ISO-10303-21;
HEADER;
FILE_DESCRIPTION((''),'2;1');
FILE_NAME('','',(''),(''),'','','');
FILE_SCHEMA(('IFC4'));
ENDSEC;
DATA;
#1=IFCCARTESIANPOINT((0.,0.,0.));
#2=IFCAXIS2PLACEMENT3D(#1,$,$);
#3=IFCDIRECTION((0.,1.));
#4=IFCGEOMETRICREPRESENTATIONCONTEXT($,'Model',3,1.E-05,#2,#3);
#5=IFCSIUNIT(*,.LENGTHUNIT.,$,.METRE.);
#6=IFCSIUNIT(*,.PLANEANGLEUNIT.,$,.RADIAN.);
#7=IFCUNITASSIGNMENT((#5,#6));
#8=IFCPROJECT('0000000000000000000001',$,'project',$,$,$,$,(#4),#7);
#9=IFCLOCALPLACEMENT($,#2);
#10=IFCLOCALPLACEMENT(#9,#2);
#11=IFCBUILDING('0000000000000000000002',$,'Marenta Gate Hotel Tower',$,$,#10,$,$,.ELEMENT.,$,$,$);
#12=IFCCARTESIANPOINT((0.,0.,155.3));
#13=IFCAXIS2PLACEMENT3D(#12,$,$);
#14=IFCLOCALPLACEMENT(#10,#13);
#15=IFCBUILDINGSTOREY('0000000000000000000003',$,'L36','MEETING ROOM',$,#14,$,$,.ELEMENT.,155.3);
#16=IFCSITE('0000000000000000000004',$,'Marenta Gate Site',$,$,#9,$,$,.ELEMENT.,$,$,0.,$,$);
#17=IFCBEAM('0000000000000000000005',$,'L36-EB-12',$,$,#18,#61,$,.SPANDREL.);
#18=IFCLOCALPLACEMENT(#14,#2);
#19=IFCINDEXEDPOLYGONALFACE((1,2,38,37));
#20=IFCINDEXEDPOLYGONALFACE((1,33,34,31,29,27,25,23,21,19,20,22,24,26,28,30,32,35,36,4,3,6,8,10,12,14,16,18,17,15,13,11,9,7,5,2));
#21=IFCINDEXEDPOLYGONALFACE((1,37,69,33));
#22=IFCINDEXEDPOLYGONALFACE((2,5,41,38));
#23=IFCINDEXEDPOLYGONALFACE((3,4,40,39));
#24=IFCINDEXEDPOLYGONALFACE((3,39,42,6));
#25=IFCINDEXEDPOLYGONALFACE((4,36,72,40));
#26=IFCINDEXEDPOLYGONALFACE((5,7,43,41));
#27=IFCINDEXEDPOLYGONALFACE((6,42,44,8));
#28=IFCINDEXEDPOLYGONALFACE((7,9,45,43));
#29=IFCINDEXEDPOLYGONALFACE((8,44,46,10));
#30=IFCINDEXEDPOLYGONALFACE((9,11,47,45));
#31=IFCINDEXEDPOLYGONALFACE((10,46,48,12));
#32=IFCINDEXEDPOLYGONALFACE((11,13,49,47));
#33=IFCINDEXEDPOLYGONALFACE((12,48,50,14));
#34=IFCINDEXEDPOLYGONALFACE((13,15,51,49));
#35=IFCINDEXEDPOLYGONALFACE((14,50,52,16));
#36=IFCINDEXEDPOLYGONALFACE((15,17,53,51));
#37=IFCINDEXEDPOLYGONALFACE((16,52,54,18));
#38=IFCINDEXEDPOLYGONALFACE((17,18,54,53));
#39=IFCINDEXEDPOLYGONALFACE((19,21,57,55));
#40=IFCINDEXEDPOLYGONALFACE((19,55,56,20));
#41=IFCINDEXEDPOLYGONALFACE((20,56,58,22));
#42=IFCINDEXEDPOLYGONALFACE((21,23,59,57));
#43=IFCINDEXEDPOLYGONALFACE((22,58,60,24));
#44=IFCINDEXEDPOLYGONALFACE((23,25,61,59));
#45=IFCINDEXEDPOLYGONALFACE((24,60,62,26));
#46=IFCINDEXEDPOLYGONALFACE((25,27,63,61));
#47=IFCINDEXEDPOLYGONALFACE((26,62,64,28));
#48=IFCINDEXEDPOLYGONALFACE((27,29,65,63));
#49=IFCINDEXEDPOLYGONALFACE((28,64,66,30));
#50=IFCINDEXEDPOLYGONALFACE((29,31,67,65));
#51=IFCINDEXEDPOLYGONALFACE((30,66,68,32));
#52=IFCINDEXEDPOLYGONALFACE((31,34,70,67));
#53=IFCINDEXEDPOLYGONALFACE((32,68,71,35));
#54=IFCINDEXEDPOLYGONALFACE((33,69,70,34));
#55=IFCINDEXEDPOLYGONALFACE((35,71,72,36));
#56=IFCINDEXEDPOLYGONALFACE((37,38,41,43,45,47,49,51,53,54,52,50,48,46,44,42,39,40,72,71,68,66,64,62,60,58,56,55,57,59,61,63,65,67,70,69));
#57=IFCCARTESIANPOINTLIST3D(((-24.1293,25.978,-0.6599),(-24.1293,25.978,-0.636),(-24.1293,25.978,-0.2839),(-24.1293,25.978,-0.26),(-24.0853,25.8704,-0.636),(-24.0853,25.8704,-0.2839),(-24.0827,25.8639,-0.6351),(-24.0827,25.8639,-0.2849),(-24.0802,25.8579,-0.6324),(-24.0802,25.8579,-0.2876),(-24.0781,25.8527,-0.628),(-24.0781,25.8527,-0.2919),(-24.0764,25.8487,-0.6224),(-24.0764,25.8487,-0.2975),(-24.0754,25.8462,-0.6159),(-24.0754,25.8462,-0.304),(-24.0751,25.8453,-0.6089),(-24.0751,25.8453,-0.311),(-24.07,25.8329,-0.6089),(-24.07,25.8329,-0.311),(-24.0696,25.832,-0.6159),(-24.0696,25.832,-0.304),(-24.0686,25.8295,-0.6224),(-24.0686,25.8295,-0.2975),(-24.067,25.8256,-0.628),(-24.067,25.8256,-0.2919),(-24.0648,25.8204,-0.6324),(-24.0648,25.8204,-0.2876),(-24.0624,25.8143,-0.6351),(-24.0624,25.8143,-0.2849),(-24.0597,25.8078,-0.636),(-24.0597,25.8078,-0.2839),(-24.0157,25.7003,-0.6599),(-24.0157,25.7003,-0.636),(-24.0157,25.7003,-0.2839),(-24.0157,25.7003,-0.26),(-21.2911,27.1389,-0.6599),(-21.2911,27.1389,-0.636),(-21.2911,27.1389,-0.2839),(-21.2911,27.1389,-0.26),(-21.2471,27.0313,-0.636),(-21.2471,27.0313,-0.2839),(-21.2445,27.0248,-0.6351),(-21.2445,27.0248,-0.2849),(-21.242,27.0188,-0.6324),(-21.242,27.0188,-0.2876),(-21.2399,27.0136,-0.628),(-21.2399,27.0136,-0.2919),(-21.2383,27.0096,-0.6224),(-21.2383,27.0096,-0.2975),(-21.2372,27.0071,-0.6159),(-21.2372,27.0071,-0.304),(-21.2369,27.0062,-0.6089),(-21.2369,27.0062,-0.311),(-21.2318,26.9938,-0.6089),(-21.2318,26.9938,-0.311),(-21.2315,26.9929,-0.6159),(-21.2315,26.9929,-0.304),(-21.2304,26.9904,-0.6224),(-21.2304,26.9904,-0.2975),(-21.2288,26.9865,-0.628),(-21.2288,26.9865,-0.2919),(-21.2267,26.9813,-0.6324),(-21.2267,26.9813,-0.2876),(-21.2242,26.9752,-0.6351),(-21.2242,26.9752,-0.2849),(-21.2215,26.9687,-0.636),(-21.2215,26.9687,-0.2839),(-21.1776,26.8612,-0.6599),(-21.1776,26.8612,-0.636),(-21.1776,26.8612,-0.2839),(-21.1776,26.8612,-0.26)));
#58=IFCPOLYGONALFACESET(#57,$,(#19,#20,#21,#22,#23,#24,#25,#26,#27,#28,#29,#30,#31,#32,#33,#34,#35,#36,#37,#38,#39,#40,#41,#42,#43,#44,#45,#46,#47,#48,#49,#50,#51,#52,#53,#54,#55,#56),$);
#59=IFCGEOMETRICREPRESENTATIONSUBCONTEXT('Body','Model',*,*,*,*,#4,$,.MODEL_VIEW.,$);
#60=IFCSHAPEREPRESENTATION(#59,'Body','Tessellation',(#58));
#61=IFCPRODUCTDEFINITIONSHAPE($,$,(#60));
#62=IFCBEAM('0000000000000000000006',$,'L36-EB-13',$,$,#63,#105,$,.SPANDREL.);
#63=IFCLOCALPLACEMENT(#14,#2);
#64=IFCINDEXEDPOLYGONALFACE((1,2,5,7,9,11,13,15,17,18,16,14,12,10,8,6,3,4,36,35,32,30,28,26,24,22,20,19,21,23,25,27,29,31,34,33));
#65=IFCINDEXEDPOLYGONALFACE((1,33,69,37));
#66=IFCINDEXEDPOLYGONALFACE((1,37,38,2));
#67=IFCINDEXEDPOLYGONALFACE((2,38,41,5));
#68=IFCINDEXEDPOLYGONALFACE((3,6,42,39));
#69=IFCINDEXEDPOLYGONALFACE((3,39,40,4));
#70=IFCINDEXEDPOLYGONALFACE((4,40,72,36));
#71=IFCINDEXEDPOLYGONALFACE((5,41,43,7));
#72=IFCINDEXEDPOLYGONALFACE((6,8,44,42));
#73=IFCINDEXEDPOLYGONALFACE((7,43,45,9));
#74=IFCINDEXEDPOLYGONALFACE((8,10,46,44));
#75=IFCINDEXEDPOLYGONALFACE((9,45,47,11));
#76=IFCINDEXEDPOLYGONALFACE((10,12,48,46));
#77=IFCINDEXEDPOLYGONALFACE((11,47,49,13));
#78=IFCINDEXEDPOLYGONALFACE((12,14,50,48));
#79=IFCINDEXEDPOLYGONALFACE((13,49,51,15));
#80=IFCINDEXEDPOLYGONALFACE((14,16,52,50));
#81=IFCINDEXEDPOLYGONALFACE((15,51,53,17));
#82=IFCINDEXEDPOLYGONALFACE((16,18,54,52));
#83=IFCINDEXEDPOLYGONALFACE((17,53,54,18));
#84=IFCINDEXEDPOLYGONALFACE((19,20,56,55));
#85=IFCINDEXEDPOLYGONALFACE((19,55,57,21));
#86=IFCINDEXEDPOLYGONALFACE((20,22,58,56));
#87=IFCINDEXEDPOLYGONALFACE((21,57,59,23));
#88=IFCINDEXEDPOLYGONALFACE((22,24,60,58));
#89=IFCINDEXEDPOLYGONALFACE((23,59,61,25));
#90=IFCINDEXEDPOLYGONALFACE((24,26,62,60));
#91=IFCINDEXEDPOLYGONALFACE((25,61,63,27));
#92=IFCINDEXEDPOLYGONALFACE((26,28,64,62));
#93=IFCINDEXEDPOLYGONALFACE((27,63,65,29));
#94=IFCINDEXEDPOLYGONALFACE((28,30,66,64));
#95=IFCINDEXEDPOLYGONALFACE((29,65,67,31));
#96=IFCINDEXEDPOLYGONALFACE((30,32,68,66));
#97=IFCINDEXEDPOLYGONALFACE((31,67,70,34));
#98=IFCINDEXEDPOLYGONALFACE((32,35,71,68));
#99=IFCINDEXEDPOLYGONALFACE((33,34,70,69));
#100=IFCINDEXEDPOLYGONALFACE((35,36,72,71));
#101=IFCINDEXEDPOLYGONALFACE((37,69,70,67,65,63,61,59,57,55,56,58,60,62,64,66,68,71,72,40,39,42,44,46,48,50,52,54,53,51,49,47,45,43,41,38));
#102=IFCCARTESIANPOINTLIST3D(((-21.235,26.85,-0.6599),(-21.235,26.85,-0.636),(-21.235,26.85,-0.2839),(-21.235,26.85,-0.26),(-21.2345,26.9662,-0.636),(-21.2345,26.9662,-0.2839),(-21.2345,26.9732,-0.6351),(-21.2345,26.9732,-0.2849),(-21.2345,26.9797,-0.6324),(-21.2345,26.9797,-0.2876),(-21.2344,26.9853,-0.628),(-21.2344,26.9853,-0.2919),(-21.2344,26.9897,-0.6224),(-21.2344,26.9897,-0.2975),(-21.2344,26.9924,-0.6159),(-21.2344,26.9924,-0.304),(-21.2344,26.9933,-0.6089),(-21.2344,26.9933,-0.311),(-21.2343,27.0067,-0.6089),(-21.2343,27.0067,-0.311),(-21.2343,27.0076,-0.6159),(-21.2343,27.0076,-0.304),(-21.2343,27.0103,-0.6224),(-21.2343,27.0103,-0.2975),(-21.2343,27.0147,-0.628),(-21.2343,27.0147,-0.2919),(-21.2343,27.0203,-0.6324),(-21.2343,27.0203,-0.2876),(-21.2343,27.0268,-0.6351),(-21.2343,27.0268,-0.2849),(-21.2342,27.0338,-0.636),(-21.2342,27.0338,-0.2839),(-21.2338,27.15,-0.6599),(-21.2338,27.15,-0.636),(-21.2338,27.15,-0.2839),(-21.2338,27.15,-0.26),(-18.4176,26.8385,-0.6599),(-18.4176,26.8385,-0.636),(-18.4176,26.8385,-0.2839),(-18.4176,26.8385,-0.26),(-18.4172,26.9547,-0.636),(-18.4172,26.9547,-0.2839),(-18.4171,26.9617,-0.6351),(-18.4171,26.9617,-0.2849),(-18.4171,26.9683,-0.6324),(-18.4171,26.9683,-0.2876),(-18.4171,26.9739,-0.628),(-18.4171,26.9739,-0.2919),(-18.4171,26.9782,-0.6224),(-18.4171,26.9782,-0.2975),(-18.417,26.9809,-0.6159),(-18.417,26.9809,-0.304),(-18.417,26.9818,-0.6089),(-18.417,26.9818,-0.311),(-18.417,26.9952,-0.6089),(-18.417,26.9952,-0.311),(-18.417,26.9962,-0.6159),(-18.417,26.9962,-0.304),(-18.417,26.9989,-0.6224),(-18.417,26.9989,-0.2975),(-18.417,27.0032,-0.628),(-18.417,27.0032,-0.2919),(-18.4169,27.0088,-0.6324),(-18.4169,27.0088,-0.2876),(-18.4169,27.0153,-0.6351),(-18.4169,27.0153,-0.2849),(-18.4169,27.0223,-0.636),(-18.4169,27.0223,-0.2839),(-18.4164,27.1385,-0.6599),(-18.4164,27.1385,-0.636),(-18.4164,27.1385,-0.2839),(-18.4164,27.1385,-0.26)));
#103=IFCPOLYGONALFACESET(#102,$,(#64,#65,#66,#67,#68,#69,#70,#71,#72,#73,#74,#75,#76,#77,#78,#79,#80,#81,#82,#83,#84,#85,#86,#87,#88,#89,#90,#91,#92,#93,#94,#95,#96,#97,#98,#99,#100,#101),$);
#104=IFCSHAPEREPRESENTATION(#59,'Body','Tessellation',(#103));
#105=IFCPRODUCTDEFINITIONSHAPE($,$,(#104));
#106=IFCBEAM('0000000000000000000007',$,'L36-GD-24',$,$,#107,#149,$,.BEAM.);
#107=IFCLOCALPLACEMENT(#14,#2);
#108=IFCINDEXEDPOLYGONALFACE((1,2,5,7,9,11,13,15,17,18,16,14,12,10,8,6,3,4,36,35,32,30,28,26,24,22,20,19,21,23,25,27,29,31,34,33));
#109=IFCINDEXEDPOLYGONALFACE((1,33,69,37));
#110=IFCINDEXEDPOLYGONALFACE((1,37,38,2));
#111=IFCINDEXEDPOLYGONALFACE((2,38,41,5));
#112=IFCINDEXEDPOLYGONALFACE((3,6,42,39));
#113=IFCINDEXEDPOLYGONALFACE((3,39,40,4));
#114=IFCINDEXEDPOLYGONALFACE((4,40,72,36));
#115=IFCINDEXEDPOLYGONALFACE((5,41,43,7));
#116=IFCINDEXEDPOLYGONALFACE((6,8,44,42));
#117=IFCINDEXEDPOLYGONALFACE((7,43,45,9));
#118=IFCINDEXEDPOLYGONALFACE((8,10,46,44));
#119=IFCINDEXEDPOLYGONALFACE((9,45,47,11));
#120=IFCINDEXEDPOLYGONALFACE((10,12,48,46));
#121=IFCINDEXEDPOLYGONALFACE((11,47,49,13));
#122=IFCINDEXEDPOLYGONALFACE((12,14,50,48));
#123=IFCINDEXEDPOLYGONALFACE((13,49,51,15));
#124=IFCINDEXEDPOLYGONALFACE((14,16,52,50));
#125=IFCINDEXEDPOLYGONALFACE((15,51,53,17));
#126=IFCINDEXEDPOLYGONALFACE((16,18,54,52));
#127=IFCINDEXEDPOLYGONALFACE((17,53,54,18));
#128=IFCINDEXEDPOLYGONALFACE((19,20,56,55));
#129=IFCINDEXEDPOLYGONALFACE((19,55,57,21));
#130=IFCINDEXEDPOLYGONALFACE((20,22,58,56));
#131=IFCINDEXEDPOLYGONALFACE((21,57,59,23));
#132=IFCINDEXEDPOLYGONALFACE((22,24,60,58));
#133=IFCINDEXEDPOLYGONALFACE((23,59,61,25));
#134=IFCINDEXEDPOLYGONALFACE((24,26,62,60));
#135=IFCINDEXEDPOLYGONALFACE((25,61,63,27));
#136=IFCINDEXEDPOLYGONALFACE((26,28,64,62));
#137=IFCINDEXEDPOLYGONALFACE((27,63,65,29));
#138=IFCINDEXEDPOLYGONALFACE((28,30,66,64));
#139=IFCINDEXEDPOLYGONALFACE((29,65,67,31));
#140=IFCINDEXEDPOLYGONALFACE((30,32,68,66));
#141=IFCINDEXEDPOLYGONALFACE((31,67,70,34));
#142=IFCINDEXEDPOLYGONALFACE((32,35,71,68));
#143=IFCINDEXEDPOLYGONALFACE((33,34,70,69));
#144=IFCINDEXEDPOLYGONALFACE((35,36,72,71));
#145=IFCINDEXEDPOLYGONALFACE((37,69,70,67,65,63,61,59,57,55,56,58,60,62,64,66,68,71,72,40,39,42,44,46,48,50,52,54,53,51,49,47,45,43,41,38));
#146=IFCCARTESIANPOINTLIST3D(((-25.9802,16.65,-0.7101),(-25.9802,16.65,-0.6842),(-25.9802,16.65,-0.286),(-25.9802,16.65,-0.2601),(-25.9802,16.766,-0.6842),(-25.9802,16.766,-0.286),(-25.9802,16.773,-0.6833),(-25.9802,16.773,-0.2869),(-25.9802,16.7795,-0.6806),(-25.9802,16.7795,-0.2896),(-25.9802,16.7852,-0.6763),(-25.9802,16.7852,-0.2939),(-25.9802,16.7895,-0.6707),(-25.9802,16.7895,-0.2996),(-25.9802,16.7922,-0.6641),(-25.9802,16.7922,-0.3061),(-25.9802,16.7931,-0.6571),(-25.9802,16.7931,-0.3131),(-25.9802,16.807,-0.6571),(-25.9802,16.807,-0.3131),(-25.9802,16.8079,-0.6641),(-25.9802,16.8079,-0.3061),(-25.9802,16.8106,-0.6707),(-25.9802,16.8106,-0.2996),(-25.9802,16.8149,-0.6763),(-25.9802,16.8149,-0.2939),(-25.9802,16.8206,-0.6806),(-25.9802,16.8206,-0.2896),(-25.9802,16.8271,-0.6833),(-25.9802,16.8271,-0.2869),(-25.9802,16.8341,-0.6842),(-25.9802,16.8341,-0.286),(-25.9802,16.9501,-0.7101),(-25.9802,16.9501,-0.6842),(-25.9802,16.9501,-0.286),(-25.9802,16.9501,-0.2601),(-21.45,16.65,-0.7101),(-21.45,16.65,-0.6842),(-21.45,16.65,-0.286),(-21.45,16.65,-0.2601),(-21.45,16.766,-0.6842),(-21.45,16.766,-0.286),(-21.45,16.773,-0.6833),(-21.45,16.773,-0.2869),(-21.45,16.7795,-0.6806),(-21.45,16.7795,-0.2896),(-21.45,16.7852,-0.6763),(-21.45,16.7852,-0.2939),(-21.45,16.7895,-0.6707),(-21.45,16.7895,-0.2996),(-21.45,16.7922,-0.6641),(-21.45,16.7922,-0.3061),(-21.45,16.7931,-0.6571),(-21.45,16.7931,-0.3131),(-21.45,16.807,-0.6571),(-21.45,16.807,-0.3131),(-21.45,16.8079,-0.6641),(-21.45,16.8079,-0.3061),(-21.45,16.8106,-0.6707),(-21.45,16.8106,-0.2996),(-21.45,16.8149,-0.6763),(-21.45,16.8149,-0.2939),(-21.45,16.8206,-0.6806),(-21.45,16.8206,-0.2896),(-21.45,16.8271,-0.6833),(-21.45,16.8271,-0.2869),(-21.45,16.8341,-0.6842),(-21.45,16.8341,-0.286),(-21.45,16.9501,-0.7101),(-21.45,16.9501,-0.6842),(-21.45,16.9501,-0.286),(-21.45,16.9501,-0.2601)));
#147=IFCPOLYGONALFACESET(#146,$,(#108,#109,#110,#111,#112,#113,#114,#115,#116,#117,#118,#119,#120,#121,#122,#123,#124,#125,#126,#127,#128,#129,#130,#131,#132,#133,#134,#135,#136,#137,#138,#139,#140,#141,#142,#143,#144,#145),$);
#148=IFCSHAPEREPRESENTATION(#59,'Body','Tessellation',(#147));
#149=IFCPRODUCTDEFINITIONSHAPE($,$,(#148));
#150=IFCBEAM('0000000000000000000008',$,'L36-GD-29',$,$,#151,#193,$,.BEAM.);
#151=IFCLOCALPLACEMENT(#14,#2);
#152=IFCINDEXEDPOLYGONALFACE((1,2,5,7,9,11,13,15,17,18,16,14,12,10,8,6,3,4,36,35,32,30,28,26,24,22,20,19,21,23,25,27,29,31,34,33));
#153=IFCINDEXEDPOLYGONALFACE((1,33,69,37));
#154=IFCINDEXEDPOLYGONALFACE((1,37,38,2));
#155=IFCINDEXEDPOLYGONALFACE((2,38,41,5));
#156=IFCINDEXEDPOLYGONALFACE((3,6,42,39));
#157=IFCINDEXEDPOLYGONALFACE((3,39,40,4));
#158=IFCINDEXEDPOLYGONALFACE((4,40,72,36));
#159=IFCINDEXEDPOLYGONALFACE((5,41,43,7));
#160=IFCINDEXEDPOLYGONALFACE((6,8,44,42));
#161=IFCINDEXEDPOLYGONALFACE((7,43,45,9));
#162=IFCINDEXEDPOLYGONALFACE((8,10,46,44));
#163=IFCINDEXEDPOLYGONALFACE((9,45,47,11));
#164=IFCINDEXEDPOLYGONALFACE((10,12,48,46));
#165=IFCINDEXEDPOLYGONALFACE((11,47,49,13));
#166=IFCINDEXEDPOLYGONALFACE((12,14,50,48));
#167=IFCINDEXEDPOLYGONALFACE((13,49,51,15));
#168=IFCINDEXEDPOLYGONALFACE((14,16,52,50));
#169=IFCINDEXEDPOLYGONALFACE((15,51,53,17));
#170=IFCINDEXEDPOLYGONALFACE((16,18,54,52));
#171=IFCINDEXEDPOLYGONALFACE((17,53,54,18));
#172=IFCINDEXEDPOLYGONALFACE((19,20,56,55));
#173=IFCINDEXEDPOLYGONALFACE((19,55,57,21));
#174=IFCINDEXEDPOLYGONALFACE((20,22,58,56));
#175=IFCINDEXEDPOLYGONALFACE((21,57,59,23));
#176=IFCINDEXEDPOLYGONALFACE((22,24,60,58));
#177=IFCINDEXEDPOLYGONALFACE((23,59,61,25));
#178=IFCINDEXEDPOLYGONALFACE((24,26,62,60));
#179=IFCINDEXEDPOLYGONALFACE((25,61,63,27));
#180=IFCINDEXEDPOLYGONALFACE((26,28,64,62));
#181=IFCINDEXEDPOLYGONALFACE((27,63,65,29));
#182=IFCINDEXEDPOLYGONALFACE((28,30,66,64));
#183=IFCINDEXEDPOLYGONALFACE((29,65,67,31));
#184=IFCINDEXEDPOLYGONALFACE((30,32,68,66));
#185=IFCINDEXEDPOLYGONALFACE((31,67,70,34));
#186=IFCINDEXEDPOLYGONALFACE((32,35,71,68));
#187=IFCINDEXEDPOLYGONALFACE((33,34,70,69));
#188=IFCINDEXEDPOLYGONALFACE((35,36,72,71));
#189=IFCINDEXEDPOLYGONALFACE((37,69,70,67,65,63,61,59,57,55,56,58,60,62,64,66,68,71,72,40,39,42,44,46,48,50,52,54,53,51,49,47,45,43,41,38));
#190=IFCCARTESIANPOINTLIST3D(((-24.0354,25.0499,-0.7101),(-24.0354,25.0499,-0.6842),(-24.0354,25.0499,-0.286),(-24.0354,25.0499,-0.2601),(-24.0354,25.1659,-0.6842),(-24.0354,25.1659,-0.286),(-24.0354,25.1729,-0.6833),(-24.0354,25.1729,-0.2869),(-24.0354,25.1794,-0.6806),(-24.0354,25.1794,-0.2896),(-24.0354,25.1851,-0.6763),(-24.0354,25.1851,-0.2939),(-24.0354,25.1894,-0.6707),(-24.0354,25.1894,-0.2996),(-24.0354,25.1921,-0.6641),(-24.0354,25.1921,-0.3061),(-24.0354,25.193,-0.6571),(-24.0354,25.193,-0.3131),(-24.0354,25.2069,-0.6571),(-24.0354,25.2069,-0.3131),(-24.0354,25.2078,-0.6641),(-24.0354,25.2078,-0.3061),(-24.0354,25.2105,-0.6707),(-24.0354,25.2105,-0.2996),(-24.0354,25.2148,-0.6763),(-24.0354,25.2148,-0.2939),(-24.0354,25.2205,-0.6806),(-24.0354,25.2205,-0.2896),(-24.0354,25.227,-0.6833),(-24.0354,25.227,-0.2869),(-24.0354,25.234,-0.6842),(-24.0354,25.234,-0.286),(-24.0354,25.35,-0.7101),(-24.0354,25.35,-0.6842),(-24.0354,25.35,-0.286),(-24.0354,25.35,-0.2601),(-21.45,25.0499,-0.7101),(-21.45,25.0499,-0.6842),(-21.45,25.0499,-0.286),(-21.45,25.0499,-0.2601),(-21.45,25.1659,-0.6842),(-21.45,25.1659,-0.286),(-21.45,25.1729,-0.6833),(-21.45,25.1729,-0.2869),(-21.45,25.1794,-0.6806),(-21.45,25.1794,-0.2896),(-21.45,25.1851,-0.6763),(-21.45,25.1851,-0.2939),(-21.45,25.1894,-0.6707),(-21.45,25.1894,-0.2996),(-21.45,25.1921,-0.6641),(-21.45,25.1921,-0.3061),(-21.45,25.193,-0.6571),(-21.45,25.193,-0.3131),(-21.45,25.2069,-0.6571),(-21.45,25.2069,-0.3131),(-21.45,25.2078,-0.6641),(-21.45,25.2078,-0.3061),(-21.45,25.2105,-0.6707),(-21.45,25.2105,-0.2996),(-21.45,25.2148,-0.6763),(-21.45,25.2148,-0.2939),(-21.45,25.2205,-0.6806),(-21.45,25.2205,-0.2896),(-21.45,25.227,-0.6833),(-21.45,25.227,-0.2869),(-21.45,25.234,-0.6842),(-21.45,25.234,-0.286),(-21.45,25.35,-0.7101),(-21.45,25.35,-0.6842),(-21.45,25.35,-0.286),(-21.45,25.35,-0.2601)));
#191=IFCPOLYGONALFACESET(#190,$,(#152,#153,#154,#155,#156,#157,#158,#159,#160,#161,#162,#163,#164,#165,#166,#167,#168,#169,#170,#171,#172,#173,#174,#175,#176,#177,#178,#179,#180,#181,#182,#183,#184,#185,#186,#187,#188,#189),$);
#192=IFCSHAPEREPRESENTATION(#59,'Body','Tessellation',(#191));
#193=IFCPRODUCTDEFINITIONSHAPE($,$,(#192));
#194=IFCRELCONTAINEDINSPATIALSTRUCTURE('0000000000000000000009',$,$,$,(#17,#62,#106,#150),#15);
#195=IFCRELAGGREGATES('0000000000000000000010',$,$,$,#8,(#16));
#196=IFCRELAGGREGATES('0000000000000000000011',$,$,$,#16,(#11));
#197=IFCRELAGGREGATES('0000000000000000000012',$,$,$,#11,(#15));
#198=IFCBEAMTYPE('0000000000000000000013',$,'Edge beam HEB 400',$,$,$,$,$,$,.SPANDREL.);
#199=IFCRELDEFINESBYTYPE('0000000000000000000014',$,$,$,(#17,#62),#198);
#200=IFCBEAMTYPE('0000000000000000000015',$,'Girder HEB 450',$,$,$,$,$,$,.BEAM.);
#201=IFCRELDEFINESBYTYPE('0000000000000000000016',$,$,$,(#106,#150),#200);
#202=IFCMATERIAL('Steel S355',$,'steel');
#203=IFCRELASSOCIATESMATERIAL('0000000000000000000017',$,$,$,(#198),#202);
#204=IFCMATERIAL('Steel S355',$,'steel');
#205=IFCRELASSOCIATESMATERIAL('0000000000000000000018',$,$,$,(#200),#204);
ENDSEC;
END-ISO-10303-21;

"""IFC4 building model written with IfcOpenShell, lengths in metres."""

from ifc_helpers import new_model, si_unit, direction, frame, origin, origin_2d, place, context, subcontext, project, spatial, i_section, extrude, material, material_profile, profile_set, type_object, element, save


model = new_model("IFC4")

# Units and contexts
model_context = context("Model", 3, precision=1e-05, world=origin(), true_north=direction((0.0, 1.0)))
body_context = subcontext(model_context, "Body", "Model", "MODEL_VIEW")
ifc_project = project(units=[si_unit("LENGTHUNIT", "METRE"), si_unit("PLANEANGLEUNIT", "RADIAN")], contexts=[model_context])

# Site, building, storey
site_placement = place(None, origin())
site = spatial("IfcSite", under=ifc_project, at=site_placement, Name="Marenta Gate Site", CompositionType="ELEMENT", RefElevation=0.0)
building_placement = place(site_placement, origin())
building = spatial("IfcBuilding", under=site, at=building_placement, Name="Marenta Gate Hotel Tower", CompositionType="ELEMENT")
storey_placement = place(building_placement, frame((0.0, 0.0, 155.3)))
storey = spatial("IfcBuildingStorey", under=building, at=storey_placement, Name="L36", Description="MEETING ROOM", CompositionType="ELEMENT", Elevation=155.3)

# Beams
ifc_material_1 = material(Name="Steel S355", Category="steel")
ifc_material_profile_1 = material_profile(ifc_material_1, i_section(OverallWidth=0.3, OverallDepth=0.3999, WebThickness=0.0134, FlangeThickness=0.0239, FilletRadius=0.0271, at=origin_2d()), Name="HEB 400")
ifc_profile_set_1 = profile_set([ifc_material_profile_1], Name="Steel S355")
beam_type_1 = type_object("IfcBeamType", Name="Edge beam HEB 400", PredefinedType="SPANDREL", material=ifc_profile_set_1)
beam_1_placement = place(storey_placement, frame((-24.0725, 25.8391, -0.46), z_axis=(0.925566, 0.378586, 0.0), x_axis=(-0.378586, 0.925566, 0.0)))
element("IfcBeam", 1, at=beam_1_placement, inside=storey, type_object=beam_type_1, Name="L36-EB-12", PredefinedType="SPANDREL", context=body_context, shape_type="SweptSolid", body=[
    extrude(i_section(OverallWidth=0.3, OverallDepth=0.3999, WebThickness=0.0134, FlangeThickness=0.0239, FilletRadius=0.0271, at=origin_2d()), origin(), (0.0, 0.0, 1.0), 3.0664),
])
beam_2_placement = place(storey_placement, frame((-21.2344, 27.0, -0.46), z_axis=(0.999992, -0.004073, 0.0), x_axis=(0.004073, 0.999992, 0.0)))
element("IfcBeam", 2, at=beam_2_placement, inside=storey, type_object=beam_type_1, Name="L36-EB-13", PredefinedType="SPANDREL", context=body_context, shape_type="SweptSolid", body=[
    extrude(i_section(OverallWidth=0.3, OverallDepth=0.3999, WebThickness=0.0134, FlangeThickness=0.0239, FilletRadius=0.0271, at=origin_2d()), origin(), (0.0, 0.0, 1.0), 2.8174),
])
ifc_material_2 = material(Name="Steel S355", Category="steel")
ifc_material_profile_2 = material_profile(ifc_material_2, i_section(OverallWidth=0.3, OverallDepth=0.45, WebThickness=0.0139, FlangeThickness=0.0259, FilletRadius=0.0271, at=origin_2d()), Name="HEB 450")
ifc_profile_set_2 = profile_set([ifc_material_profile_2], Name="Steel S355")
beam_type_2 = type_object("IfcBeamType", Name="Girder HEB 450", PredefinedType="BEAM", material=ifc_profile_set_2)
beam_3_placement = place(storey_placement, frame((-25.9802, 16.8, -0.4851), z_axis=(1.0, 0.0, 0.0), x_axis=(0.0, 1.0, 0.0)))
element("IfcBeam", 3, at=beam_3_placement, inside=storey, type_object=beam_type_2, Name="L36-GD-24", PredefinedType="BEAM", context=body_context, shape_type="SweptSolid", body=[
    extrude(i_section(OverallWidth=0.3, OverallDepth=0.45, WebThickness=0.0139, FlangeThickness=0.0259, FilletRadius=0.0271, at=origin_2d()), origin(), (0.0, 0.0, 1.0), 4.5303),
])
beam_4_placement = place(storey_placement, frame((-24.0354, 25.2, -0.4851), z_axis=(1.0, 0.0, 0.0), x_axis=(0.0, 1.0, 0.0)))
element("IfcBeam", 4, at=beam_4_placement, inside=storey, type_object=beam_type_2, Name="L36-GD-29", PredefinedType="BEAM", context=body_context, shape_type="SweptSolid", body=[
    extrude(i_section(OverallWidth=0.3, OverallDepth=0.45, WebThickness=0.0139, FlangeThickness=0.0259, FilletRadius=0.0271, at=origin_2d()), origin(), (0.0, 0.0, 1.0), 2.5854),
])

save(model, "model.ifc")
